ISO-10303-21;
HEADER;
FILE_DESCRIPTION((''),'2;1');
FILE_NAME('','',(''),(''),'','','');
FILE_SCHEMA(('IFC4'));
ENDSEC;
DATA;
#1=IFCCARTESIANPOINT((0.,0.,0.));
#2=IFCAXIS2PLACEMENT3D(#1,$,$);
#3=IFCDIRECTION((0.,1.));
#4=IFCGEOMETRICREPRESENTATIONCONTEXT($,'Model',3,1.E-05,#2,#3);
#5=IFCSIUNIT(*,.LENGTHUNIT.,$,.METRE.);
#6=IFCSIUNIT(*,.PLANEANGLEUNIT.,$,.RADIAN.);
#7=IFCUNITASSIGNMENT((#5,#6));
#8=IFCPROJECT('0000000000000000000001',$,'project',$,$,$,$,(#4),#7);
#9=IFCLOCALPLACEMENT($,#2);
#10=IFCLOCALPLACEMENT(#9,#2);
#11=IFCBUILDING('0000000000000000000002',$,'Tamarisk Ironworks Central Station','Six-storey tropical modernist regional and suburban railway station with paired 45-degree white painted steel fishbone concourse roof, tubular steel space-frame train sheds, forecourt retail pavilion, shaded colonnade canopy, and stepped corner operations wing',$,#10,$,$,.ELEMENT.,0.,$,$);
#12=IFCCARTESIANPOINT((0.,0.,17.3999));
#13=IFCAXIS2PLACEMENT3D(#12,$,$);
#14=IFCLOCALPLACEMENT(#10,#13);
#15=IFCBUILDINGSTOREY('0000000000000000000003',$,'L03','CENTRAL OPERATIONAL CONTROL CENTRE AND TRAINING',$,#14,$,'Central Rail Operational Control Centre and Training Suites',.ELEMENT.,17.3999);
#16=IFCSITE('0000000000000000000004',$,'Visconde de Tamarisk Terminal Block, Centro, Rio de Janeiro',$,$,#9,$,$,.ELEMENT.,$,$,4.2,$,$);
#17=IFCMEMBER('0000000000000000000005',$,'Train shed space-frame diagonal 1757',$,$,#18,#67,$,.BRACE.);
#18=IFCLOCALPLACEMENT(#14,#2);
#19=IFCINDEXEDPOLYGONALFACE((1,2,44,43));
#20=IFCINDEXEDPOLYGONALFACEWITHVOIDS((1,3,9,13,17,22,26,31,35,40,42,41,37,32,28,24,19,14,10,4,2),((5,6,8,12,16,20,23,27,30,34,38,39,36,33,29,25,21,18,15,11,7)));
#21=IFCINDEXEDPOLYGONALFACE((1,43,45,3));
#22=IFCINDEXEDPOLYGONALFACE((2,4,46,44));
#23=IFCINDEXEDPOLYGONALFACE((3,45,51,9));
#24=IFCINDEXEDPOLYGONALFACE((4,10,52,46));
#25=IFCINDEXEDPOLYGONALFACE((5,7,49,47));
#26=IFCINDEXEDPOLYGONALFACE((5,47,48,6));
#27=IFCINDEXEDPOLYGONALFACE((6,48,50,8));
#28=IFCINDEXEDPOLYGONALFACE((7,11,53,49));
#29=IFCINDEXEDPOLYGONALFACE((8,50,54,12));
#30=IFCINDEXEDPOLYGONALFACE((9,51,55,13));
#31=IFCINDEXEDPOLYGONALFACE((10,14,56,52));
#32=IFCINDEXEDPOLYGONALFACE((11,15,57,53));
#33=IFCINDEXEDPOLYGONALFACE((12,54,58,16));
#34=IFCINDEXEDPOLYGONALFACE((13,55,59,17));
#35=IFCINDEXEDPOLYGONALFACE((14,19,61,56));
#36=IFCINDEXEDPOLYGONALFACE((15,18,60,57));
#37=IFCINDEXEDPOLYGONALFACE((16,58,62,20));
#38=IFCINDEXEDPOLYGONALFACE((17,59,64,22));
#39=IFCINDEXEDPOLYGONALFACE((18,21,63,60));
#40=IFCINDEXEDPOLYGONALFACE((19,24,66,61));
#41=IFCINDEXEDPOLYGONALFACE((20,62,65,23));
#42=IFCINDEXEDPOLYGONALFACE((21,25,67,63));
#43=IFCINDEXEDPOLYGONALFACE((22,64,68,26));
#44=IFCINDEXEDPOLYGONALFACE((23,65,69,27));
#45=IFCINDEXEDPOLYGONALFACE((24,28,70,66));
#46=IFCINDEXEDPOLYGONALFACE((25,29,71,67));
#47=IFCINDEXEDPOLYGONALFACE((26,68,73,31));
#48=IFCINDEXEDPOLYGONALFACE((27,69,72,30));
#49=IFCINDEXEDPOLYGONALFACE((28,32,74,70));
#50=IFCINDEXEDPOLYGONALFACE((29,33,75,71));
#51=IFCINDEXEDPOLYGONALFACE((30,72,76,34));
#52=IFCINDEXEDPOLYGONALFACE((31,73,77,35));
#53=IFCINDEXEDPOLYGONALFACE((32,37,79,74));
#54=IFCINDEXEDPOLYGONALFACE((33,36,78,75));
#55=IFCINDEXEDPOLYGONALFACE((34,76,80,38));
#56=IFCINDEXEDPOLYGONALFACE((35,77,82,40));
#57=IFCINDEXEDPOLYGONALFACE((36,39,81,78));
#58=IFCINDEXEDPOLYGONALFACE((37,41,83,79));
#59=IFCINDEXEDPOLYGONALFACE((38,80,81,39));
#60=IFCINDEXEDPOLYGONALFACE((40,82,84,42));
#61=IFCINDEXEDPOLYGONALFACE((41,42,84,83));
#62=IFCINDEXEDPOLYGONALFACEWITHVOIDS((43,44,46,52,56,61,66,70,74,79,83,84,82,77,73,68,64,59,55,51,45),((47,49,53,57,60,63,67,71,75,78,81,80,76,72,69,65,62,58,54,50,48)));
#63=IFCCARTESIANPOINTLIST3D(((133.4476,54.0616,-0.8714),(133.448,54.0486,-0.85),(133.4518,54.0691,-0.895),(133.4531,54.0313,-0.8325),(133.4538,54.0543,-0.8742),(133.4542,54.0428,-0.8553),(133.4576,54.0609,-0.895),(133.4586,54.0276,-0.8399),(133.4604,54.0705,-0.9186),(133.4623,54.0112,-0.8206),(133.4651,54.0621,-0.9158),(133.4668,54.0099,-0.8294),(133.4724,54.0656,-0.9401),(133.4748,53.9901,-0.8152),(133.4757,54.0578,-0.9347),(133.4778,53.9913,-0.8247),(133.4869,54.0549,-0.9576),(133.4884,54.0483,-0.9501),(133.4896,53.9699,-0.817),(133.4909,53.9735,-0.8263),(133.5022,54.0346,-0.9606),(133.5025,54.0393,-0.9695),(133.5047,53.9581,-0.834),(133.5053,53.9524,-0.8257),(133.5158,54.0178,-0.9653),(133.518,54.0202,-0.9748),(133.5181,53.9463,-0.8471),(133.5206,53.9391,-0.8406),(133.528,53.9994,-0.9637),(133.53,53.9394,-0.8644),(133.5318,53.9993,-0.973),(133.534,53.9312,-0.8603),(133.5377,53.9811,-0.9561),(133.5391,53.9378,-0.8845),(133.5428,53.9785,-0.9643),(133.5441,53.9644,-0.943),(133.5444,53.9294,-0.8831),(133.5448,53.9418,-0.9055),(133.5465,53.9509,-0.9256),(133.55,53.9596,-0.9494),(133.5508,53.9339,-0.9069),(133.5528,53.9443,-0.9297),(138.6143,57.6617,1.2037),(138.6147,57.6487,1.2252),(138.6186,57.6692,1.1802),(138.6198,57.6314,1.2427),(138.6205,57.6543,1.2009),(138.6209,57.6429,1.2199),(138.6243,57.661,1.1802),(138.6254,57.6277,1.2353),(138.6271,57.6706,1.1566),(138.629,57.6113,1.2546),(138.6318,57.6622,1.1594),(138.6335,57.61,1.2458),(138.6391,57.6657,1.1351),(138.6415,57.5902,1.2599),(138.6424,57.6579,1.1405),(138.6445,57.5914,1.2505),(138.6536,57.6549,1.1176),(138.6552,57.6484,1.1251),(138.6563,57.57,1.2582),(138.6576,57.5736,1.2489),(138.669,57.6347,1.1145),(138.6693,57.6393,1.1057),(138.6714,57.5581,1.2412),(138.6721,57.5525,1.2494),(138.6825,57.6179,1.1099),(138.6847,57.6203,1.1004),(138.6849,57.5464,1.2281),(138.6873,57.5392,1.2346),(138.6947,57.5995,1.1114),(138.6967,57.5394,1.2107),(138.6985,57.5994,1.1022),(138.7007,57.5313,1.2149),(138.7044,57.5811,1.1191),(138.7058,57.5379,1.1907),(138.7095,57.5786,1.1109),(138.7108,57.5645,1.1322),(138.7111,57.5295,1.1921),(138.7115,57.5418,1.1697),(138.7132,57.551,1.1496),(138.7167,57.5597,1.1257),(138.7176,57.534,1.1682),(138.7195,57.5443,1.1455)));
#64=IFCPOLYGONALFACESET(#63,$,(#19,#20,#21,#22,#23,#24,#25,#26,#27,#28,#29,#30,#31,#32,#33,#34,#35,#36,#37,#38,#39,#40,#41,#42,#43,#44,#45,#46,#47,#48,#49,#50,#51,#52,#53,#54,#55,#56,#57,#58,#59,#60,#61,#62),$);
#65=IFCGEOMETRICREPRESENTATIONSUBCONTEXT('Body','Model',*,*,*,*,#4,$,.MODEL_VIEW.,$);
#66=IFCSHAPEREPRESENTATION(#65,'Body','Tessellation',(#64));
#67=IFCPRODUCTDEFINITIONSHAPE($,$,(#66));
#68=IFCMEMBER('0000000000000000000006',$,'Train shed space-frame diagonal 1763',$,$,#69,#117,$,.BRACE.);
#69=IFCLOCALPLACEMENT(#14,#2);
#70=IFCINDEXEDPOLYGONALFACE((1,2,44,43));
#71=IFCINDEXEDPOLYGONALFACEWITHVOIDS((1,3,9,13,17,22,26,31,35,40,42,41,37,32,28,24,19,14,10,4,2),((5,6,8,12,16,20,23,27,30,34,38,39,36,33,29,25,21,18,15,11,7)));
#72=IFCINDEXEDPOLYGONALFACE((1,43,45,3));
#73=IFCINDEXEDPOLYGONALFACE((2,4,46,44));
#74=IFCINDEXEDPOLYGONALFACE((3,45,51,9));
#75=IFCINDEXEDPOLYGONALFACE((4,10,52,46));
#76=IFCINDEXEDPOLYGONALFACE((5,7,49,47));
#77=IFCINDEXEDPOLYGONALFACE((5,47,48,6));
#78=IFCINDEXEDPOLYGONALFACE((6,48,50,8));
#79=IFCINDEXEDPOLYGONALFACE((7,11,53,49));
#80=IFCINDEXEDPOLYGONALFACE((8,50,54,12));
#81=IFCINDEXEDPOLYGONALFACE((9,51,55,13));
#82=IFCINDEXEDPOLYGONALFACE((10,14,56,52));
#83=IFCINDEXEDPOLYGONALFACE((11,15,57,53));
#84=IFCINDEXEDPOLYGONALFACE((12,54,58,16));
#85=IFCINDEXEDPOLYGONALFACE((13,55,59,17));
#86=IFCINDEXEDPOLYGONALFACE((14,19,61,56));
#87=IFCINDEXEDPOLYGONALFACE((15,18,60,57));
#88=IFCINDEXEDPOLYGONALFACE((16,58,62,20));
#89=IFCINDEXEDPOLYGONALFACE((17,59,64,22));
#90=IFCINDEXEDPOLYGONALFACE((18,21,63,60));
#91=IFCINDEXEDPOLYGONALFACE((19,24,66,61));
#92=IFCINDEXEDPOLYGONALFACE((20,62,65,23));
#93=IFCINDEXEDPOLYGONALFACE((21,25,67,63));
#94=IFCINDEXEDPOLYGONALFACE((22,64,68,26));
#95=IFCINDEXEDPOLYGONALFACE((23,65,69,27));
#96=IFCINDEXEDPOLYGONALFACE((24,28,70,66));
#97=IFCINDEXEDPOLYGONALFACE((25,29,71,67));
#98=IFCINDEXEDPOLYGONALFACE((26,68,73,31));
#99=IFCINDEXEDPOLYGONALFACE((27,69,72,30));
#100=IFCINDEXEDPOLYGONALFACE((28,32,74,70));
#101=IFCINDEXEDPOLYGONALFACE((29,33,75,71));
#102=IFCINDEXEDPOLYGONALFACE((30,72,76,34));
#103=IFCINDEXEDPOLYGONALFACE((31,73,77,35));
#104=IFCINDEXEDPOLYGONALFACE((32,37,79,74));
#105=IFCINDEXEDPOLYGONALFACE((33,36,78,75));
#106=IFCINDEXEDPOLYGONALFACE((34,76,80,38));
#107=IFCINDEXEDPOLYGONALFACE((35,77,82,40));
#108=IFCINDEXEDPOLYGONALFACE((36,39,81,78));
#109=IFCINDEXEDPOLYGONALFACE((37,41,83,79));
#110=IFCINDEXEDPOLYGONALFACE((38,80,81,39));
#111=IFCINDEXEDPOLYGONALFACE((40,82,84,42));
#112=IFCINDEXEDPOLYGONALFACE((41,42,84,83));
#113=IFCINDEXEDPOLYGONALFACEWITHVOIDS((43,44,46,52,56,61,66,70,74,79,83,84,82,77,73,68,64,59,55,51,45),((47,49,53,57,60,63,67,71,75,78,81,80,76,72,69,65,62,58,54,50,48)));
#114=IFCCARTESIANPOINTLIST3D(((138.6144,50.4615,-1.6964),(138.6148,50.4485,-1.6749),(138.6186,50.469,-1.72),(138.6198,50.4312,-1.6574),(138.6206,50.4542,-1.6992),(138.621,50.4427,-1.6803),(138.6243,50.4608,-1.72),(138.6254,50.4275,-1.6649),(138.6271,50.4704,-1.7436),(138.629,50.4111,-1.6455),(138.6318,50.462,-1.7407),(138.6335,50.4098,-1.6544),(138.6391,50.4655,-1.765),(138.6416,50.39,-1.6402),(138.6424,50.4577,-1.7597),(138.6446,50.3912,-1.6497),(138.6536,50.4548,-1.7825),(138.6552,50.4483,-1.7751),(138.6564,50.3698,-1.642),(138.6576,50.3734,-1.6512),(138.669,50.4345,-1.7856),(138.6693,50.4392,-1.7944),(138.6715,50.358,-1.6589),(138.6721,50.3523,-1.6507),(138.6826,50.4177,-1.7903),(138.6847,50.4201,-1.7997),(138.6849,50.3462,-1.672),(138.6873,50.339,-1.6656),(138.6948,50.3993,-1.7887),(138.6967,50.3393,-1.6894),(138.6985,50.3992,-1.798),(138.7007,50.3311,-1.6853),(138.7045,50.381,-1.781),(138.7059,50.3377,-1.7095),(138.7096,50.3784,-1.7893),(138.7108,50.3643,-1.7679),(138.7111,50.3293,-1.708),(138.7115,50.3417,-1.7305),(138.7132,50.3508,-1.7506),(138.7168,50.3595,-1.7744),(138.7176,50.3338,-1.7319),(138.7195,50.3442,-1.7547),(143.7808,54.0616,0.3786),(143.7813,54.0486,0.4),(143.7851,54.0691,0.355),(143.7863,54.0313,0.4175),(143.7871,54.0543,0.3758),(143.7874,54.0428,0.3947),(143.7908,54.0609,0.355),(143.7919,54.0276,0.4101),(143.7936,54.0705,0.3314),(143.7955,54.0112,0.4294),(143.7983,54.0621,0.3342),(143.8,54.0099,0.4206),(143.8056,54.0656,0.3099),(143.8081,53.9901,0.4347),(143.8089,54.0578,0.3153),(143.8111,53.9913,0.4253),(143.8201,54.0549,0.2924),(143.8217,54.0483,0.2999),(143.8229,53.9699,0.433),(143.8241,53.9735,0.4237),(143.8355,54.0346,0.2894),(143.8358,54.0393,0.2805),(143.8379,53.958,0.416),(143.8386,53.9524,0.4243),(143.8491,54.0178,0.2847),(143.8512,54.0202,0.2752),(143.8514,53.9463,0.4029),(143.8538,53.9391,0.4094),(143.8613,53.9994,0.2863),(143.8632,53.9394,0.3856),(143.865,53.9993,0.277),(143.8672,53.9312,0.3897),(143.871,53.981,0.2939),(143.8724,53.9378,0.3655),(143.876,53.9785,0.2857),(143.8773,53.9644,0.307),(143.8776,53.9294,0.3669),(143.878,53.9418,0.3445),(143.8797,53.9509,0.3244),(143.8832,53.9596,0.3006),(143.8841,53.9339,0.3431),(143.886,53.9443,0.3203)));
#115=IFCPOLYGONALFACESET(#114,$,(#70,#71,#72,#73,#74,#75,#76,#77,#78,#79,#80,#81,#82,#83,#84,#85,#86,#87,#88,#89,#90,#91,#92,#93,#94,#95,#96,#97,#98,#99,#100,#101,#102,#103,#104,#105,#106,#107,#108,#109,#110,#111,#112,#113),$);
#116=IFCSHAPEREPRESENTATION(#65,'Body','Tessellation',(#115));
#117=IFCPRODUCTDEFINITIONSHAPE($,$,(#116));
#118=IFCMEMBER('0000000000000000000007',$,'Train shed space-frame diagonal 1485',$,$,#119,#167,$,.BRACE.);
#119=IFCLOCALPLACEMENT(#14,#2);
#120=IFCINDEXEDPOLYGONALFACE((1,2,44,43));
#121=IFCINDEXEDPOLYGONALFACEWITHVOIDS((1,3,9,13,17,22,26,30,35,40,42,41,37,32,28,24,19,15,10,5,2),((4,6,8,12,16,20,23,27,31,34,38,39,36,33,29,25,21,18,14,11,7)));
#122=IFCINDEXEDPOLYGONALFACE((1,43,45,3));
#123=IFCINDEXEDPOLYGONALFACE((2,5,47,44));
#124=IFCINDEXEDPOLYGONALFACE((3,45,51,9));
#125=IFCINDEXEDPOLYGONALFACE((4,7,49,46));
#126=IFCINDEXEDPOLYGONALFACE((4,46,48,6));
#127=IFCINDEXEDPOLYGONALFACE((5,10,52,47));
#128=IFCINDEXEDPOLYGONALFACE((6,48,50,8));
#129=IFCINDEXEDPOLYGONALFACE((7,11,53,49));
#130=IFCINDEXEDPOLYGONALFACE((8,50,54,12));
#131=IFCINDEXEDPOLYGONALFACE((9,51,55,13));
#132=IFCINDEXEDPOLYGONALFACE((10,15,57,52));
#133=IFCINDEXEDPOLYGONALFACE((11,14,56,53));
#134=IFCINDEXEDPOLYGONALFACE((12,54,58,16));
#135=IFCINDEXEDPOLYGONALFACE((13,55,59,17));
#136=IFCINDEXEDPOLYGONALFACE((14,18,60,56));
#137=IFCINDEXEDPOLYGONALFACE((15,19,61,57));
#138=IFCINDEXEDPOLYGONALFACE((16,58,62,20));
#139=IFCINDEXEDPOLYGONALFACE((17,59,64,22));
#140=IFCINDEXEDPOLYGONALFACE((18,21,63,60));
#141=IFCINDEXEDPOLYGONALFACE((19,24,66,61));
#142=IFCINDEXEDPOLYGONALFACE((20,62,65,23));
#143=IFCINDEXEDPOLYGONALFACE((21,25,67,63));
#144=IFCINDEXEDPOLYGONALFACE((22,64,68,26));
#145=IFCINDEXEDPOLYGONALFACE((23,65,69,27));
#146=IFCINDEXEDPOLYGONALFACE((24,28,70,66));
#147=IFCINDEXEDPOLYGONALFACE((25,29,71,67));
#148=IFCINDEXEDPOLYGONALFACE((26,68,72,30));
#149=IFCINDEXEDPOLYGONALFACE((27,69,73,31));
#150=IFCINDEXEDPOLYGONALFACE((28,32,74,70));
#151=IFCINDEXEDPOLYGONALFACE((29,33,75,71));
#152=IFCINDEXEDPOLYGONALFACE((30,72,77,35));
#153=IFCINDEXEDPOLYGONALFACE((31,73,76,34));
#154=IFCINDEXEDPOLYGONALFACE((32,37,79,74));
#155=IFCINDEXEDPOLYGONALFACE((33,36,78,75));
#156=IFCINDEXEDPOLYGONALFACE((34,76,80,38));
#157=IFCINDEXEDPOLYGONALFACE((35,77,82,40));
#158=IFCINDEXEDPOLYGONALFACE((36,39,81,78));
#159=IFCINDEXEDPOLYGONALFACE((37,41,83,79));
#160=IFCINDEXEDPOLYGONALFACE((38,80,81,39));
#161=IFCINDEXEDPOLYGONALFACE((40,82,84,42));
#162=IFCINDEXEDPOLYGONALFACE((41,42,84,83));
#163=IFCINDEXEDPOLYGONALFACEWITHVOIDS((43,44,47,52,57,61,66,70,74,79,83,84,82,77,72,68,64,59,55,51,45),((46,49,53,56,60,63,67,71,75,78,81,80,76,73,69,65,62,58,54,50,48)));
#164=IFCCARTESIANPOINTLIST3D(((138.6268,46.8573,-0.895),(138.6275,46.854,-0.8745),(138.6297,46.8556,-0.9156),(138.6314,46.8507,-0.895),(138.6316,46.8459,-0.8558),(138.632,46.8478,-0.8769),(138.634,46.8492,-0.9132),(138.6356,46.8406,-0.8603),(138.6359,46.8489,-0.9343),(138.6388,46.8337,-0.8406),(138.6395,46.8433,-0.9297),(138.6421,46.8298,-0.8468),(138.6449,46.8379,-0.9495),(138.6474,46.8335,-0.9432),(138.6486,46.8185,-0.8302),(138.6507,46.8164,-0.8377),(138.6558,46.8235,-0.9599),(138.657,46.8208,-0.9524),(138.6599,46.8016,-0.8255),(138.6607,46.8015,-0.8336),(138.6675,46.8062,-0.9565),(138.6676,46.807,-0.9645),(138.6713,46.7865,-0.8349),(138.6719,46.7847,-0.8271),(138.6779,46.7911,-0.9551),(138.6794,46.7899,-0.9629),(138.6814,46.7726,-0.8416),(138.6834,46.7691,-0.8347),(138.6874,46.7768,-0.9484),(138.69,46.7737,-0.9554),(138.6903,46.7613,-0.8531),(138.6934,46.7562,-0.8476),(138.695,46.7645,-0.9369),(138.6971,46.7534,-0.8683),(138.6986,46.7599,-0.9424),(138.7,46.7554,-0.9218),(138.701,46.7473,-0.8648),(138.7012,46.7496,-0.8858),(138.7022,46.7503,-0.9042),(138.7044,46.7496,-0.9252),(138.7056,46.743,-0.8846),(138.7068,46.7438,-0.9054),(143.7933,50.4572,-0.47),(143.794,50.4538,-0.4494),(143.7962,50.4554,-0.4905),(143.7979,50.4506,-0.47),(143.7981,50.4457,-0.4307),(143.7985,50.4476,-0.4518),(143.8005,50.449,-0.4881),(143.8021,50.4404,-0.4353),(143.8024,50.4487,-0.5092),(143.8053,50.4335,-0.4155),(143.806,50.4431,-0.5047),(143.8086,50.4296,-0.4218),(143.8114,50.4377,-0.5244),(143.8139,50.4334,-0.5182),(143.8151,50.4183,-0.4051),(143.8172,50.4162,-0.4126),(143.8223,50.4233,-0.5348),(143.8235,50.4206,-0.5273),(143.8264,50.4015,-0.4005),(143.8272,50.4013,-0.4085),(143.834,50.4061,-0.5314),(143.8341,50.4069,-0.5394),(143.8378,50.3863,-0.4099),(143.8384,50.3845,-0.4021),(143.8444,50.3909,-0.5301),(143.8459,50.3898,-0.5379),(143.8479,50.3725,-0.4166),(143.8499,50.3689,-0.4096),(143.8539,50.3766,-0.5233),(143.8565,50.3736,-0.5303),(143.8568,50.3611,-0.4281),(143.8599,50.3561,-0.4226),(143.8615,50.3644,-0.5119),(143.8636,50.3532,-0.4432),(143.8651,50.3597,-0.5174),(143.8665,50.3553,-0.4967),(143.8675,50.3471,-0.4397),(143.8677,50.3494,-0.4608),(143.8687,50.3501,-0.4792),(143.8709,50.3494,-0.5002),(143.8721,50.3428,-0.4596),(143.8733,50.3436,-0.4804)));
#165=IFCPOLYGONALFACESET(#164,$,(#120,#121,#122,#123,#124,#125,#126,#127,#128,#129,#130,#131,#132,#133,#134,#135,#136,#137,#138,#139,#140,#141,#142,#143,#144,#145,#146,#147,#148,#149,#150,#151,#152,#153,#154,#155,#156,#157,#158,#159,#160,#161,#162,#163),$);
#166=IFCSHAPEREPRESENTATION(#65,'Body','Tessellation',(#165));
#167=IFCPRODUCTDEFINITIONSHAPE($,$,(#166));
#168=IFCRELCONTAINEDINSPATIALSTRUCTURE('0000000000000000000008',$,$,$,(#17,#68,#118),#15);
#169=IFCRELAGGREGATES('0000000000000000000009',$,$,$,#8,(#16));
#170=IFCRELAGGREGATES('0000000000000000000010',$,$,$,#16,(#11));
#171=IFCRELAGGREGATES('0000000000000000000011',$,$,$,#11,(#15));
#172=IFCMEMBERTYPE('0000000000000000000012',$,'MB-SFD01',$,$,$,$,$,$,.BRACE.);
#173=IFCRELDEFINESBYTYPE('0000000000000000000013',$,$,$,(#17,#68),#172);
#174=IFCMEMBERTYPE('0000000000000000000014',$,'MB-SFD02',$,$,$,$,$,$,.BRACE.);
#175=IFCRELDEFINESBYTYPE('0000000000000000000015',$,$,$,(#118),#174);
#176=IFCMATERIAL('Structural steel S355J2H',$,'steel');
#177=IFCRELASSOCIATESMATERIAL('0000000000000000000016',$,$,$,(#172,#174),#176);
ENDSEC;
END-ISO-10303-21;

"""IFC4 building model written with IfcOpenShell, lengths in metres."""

from ifc_helpers import new_model, si_unit, direction, frame, origin, origin_2d, place, context, subcontext, project, spatial, hollow_circle, extrude, material, material_profile, profile_set, type_object, element, save


model = new_model("IFC4")

# Units and contexts
model_context = context("Model", 3, precision=1e-05, world=origin(), true_north=direction((0.0, 1.0)))
body_context = subcontext(model_context, "Body", "Model", "MODEL_VIEW")
ifc_project = project(units=[si_unit("LENGTHUNIT", "METRE"), si_unit("PLANEANGLEUNIT", "RADIAN")], contexts=[model_context])

# Site, building, storey
site_placement = place(None, origin())
site = spatial("IfcSite", under=ifc_project, at=site_placement, Name="Visconde de Tamarisk Terminal Block, Centro, Rio de Janeiro", CompositionType="ELEMENT", RefElevation=4.2)
building_placement = place(site_placement, origin())
building = spatial("IfcBuilding", under=site, at=building_placement, Name="Tamarisk Ironworks Central Station", Description="Six-storey tropical modernist regional and suburban railway station with paired 45-degree white painted steel fishbone concourse roof, tubular steel space-frame train sheds, forecourt retail pavilion, shaded colonnade canopy, and stepped corner operations wing", CompositionType="ELEMENT", ElevationOfRefHeight=0.0)
storey_placement = place(building_placement, frame((0.0, 0.0, 17.3999)))
storey = spatial("IfcBuildingStorey", under=building, at=storey_placement, Name="L03", Description="CENTRAL OPERATIONAL CONTROL CENTRE AND TRAINING", LongName="Central Rail Operational Control Centre and Training Suites", CompositionType="ELEMENT", Elevation=17.3999)

# Members
ifc_material = material(Name="Structural steel S355J2H", Category="steel")
ifc_material_profile_1 = material_profile(ifc_material, hollow_circle(Radius=0.0842, WallThickness=0.01, at=origin_2d()), Name="CHS 168.3x10")
ifc_profile_set_1 = profile_set([ifc_material_profile_1], Name="Structural steel S355J2H")
member_type_1 = type_object("IfcMemberType", Name="MB-SFD01", PredefinedType="BRACE", material=ifc_profile_set_1)
member_1_placement = place(storey_placement, frame((133.5, 54.0, -0.895), z_axis=(0.779249, 0.542967, 0.312981), x_axis=(-0.571689, 0.82047, 0.0)))
element("IfcMember", 1, at=member_1_placement, inside=storey, type_object=member_type_1, Name="Train shed space-frame diagonal 1757", PredefinedType="BRACE", context=body_context, shape_type="SweptSolid", body=[
    extrude(hollow_circle(Radius=0.0842, WallThickness=0.01, at=origin_2d()), origin(), (0.0, 0.0, 1.0), 6.6304),
])
member_2_placement = place(storey_placement, frame((138.6667, 50.3999, -1.72), z_axis=(0.779244, 0.542989, 0.312957), x_axis=(-0.571707, 0.820458, 0.0)))
element("IfcMember", 2, at=member_2_placement, inside=storey, type_object=member_type_1, Name="Train shed space-frame diagonal 1763", PredefinedType="BRACE", context=body_context, shape_type="SweptSolid", body=[
    extrude(hollow_circle(Radius=0.0842, WallThickness=0.01, at=origin_2d()), origin(), (0.0, 0.0, 1.0), 6.6301),
])
ifc_material_profile_2 = material_profile(ifc_material, hollow_circle(Radius=0.0698, WallThickness=0.0081, at=origin_2d()), Name="CHS 139.7x8")
ifc_profile_set_2 = profile_set([ifc_material_profile_2], Name="Structural steel S355J2H")
member_type_2 = type_object("IfcMemberType", Name="MB-SFD02", PredefinedType="BRACE", material=ifc_profile_set_2)
member_3_placement = place(storey_placement, frame((138.6667, 46.8, -0.895), z_axis=(0.818613, 0.570383, 0.067347), x_axis=(-0.571681, 0.820476, 0.0)))
element("IfcMember", 3, at=member_3_placement, inside=storey, type_object=member_type_2, Name="Train shed space-frame diagonal 1485", PredefinedType="BRACE", context=body_context, shape_type="SweptSolid", body=[
    extrude(hollow_circle(Radius=0.0698, WallThickness=0.0081, at=origin_2d()), origin(), (0.0, 0.0, 1.0), 6.3113),
])

save(model, "model.ifc")
